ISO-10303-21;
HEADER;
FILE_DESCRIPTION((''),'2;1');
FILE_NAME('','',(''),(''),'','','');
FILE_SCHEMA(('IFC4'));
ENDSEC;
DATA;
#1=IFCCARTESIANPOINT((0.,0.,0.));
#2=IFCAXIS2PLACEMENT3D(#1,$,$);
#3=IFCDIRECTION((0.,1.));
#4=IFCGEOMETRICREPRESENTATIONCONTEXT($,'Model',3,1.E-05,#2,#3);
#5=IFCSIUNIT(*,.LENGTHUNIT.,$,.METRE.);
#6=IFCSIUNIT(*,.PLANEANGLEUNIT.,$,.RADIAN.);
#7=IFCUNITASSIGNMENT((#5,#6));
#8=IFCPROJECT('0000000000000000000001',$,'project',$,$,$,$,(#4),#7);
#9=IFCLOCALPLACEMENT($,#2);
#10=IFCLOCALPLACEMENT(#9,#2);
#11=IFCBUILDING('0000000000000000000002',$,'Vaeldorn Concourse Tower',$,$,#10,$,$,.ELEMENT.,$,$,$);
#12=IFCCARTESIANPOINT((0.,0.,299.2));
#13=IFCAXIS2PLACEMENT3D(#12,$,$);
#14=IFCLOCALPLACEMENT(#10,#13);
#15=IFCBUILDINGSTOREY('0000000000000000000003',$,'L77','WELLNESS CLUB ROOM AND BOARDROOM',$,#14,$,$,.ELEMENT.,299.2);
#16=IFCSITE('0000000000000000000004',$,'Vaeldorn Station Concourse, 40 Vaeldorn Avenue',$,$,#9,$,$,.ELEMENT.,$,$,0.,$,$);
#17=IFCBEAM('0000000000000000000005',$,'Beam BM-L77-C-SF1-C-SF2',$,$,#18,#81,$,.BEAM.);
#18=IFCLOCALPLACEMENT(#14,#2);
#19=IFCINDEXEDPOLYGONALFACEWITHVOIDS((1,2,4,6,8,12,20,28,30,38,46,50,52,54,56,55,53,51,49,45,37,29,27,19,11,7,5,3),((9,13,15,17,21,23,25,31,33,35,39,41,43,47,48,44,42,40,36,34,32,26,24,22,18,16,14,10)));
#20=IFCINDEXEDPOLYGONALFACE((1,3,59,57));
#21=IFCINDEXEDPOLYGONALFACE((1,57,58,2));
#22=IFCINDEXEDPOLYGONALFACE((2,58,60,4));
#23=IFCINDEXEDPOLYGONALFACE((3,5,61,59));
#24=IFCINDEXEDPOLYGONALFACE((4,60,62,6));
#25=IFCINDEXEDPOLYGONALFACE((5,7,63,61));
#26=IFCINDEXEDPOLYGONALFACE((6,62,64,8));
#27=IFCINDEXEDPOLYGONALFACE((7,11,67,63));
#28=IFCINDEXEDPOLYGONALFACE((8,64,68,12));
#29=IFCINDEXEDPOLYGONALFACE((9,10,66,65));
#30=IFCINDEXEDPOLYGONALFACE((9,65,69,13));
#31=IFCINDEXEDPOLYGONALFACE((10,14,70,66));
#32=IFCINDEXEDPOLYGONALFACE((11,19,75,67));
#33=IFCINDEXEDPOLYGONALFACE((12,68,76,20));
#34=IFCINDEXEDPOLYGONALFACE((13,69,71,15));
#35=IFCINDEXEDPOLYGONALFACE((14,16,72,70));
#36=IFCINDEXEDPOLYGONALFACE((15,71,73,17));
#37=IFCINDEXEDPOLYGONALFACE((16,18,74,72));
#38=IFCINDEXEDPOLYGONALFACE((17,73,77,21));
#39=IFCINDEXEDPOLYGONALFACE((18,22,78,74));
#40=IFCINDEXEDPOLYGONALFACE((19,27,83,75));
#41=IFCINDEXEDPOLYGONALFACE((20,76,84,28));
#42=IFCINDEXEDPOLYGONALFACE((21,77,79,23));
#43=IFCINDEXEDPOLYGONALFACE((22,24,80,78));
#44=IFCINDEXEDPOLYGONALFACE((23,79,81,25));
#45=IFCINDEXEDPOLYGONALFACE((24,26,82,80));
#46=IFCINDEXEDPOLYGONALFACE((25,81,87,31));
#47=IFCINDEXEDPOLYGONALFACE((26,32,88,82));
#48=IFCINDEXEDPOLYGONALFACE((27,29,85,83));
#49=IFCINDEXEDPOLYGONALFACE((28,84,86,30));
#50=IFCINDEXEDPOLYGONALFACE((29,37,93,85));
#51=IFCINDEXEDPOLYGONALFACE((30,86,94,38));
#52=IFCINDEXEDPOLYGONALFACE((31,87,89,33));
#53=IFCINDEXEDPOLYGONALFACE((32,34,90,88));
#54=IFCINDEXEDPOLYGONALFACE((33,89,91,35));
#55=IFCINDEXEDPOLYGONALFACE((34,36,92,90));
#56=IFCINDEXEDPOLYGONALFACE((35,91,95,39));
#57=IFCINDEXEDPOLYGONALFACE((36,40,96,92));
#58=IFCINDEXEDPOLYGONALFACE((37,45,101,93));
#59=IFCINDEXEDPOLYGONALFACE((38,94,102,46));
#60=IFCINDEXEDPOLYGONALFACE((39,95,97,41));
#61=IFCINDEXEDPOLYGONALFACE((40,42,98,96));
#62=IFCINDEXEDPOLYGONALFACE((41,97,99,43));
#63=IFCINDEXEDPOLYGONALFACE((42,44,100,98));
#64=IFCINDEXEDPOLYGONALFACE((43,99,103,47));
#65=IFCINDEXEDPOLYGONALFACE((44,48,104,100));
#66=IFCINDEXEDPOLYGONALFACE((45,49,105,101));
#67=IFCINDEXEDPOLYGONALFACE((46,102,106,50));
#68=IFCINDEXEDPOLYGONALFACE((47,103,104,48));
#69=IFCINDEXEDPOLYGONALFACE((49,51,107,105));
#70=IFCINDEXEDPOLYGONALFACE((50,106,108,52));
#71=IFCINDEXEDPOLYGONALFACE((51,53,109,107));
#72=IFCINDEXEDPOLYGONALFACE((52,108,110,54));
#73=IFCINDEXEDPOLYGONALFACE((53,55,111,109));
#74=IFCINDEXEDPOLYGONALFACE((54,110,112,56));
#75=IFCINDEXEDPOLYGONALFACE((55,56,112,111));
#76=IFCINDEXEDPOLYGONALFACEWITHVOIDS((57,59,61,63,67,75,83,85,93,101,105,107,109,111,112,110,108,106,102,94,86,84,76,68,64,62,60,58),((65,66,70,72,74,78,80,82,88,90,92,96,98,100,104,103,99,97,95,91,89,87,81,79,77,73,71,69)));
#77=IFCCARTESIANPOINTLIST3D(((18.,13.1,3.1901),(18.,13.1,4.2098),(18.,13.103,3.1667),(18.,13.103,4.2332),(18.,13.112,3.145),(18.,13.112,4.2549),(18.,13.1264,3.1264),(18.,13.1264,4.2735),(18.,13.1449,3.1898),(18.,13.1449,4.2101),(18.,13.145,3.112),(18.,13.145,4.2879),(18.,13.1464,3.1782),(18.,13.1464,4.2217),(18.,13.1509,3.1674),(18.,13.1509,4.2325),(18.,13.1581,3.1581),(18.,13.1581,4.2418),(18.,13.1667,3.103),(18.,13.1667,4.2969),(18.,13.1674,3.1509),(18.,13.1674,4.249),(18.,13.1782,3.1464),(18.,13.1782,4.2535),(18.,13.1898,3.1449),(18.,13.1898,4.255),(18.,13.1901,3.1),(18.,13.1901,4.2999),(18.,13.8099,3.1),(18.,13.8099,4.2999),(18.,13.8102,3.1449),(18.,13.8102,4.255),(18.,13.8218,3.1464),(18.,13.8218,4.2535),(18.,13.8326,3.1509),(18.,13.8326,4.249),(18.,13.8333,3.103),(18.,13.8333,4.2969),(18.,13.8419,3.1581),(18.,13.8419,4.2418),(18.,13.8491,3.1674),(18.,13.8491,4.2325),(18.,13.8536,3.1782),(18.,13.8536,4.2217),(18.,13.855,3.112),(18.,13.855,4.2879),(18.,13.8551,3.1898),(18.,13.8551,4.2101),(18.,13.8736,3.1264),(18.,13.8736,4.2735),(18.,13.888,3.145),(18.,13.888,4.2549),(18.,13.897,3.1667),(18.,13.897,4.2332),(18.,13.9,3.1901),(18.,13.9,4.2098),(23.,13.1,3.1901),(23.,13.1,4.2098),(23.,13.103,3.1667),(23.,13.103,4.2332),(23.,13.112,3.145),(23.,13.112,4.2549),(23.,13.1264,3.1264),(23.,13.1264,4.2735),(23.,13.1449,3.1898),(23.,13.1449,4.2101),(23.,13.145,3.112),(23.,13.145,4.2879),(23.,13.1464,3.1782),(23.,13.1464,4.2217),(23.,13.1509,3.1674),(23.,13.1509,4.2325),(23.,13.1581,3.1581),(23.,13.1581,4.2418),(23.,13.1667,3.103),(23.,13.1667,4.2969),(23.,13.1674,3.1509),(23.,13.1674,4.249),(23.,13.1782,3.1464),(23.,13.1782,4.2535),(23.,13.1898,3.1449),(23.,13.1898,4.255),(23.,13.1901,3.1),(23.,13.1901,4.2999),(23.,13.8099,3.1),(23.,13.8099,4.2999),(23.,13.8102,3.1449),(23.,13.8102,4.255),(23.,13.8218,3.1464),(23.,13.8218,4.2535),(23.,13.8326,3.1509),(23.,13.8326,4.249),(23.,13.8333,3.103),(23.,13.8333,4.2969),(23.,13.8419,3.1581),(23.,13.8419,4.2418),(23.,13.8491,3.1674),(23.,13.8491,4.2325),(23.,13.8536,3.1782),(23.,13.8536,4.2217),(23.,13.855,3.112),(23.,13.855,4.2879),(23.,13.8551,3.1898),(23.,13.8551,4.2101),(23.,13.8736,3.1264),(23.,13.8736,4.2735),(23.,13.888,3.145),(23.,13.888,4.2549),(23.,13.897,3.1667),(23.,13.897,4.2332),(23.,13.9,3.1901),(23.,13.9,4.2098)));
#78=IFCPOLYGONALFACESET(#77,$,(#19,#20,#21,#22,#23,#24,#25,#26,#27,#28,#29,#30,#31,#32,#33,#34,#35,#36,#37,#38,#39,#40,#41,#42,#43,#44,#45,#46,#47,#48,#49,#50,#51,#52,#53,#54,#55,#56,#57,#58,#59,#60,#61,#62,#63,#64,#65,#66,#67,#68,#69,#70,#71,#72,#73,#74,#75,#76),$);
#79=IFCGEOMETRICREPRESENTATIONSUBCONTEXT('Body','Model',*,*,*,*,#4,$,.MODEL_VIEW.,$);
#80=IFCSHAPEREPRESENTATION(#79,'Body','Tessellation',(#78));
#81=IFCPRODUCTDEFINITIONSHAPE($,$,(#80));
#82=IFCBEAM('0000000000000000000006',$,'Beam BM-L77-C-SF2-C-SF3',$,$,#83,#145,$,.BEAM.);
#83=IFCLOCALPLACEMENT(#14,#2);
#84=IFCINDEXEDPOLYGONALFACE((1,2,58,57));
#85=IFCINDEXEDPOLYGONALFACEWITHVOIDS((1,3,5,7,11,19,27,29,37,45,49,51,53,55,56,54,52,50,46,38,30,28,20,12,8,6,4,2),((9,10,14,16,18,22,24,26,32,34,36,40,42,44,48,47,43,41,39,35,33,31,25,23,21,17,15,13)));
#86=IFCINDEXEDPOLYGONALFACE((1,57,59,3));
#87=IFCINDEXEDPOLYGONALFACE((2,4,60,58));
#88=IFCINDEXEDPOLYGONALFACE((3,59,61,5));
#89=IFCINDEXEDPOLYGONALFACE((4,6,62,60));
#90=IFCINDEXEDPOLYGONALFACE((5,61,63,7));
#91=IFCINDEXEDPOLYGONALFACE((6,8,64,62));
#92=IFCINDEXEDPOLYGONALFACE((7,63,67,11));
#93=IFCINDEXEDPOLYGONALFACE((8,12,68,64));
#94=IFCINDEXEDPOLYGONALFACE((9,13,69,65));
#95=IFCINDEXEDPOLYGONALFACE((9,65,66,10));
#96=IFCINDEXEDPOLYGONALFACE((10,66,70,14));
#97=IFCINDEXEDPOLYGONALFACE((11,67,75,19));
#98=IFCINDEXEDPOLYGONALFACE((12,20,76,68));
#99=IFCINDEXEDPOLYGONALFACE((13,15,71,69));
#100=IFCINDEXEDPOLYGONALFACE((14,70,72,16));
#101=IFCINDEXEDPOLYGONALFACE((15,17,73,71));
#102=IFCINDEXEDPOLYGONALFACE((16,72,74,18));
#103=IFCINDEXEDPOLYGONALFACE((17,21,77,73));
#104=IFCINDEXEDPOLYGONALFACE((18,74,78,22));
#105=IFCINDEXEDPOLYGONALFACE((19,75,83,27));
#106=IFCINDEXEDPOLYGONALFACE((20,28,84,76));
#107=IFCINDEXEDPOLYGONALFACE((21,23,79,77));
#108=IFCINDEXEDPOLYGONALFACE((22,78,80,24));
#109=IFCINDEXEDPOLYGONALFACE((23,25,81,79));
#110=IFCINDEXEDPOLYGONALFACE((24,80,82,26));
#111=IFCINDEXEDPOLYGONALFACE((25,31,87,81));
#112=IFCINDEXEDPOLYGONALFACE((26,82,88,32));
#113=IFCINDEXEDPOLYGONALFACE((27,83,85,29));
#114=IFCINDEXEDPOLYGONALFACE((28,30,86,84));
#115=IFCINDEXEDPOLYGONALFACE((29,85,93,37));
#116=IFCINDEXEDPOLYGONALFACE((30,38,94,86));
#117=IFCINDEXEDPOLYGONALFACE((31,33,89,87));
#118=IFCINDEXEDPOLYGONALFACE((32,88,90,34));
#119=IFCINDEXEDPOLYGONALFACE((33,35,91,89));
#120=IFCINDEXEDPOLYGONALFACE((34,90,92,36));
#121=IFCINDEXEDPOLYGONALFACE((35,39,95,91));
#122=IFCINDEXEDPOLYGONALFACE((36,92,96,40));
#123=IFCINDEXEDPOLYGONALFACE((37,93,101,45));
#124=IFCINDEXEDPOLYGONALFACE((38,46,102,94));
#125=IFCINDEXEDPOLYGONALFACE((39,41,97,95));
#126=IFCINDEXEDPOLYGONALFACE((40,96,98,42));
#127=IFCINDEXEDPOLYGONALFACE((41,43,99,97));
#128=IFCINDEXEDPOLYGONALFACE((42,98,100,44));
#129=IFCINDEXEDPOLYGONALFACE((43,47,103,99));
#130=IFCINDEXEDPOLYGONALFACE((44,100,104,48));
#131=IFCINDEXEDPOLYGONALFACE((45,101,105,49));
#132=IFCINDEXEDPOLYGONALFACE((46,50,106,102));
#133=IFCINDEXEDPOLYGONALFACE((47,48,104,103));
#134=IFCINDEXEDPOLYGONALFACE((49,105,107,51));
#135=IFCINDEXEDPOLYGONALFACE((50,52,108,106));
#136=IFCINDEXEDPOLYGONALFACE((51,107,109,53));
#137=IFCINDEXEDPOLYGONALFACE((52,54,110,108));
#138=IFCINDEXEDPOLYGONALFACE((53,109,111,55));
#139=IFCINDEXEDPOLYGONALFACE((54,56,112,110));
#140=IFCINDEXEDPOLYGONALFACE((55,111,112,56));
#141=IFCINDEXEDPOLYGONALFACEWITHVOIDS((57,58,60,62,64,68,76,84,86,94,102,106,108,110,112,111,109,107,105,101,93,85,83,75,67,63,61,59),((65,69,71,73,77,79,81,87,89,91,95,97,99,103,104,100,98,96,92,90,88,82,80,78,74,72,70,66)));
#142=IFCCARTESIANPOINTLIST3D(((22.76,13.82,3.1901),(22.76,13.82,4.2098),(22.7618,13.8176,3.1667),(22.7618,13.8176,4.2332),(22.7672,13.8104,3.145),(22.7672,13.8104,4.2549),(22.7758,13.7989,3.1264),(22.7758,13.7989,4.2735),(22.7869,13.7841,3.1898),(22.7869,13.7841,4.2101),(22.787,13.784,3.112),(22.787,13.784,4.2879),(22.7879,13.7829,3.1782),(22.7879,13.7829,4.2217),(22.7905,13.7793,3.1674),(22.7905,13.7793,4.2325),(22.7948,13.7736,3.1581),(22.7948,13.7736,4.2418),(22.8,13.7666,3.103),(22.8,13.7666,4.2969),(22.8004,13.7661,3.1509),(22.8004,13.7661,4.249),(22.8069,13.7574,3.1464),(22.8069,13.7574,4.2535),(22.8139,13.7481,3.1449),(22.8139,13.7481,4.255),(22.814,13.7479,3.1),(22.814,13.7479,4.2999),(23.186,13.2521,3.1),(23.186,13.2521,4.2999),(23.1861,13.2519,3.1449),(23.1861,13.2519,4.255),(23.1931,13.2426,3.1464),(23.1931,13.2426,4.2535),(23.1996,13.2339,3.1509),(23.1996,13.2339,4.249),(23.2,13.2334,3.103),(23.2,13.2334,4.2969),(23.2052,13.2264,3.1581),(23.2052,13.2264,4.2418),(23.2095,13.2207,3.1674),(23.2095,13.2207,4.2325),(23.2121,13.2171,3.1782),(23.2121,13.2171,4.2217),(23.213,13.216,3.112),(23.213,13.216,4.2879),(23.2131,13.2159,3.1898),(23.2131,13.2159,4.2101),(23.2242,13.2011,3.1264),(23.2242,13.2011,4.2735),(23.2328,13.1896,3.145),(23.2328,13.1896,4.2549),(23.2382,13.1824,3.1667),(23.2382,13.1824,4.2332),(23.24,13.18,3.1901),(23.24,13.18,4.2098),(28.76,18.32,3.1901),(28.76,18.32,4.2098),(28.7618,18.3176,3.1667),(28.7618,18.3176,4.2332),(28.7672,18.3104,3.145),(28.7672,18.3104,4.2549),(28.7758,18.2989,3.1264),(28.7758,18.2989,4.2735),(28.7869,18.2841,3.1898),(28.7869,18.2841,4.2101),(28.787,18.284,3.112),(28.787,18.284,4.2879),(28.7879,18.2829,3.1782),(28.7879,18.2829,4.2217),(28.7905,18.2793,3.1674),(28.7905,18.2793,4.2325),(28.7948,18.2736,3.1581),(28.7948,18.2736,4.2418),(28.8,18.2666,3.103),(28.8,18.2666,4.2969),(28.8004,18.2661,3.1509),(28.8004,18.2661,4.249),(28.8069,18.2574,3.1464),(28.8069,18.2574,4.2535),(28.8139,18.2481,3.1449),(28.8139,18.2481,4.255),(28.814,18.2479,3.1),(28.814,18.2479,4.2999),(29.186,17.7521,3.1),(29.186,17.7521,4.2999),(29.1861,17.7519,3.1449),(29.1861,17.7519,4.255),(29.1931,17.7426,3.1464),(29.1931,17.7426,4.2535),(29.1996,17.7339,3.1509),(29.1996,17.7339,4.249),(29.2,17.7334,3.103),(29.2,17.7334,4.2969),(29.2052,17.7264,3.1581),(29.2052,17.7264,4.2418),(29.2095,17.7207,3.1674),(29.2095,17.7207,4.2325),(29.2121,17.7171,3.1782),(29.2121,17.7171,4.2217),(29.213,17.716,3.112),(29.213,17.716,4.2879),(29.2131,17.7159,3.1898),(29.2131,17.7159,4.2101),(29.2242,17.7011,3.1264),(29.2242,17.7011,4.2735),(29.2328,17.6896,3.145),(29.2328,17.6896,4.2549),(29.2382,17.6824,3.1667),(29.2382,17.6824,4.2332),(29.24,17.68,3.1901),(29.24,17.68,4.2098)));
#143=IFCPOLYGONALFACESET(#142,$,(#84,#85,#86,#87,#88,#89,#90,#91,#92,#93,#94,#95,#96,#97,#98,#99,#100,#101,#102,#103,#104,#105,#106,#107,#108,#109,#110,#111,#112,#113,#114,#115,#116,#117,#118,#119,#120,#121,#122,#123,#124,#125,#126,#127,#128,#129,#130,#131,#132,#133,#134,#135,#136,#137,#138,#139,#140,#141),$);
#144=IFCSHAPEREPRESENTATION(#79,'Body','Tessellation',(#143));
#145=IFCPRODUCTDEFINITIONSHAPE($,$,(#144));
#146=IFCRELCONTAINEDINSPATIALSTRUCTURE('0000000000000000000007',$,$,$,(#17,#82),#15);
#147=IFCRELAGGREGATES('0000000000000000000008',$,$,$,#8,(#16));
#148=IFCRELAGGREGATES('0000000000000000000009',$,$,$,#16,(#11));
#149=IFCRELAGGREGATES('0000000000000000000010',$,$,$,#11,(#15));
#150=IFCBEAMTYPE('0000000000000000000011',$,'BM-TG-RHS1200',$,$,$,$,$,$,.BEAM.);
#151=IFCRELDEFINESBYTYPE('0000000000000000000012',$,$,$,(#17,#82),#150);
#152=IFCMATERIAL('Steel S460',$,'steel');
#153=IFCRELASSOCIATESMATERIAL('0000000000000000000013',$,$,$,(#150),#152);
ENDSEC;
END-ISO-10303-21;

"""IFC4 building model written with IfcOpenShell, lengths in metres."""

from ifc_helpers import new_model, si_unit, direction, frame, origin, origin_2d, place, context, subcontext, project, spatial, hollow_rectangle, extrude, source, transform, mapped, material, material_profile, profile_set, type_object, element, save


model = new_model("IFC4")

# Units and contexts
model_context = context("Model", 3, precision=1e-05, world=origin(), true_north=direction((0.0, 1.0)))
body_context = subcontext(model_context, "Body", "Model", "MODEL_VIEW")
ifc_project = project(units=[si_unit("LENGTHUNIT", "METRE"), si_unit("PLANEANGLEUNIT", "RADIAN")], contexts=[model_context])

# Site, building, storey
site_placement = place(None, origin())
site = spatial("IfcSite", under=ifc_project, at=site_placement, Name="Vaeldorn Station Concourse, 40 Vaeldorn Avenue", CompositionType="ELEMENT", RefElevation=0.0)
building_placement = place(site_placement, origin())
building = spatial("IfcBuilding", under=site, at=building_placement, Name="Vaeldorn Concourse Tower", CompositionType="ELEMENT")
storey_placement = place(building_placement, frame((0.0, 0.0, 299.2)))
storey = spatial("IfcBuildingStorey", under=building, at=storey_placement, Name="L77", Description="WELLNESS CLUB ROOM AND BOARDROOM", CompositionType="ELEMENT", Elevation=299.2)

# Beams
ifc_material_1 = material(Name="Steel S460", Category="steel")
ifc_material_profile_1 = material_profile(ifc_material_1, hollow_rectangle(XDim=0.8, YDim=1.2, WallThickness=0.0449, InnerFilletRadius=0.0449, OuterFilletRadius=0.0901, at=origin_2d()), Name="RHS 1200x800x45")
ifc_profile_set_1 = profile_set([ifc_material_profile_1], Name="Steel S460")
beam_type_1 = type_object("IfcBeamType", Name="BM-TG-RHS1200", PredefinedType="BEAM", material=ifc_profile_set_1)
shared_shape_1 = source(origin(), body_context, "Body", "SweptSolid", [
    extrude(hollow_rectangle(XDim=0.8, YDim=1.2, WallThickness=0.0449, InnerFilletRadius=0.0449, OuterFilletRadius=0.0901, at=origin_2d()), origin(), (0.0, 0.0, 1.0), 5.0),
])
beam_1_placement = place(storey_placement, frame((18.0, 13.5, 3.7), z_axis=(1.0, 0.0, 0.0), x_axis=(0.0, 1.0, 0.0)))
element("IfcBeam", 1, at=beam_1_placement, inside=storey, type_object=beam_type_1, Name="Beam BM-L77-C-SF1-C-SF2", PredefinedType="BEAM", context=body_context, shape_type="MappedRepresentation", body=[
    mapped(shared_shape_1, transform((0.0, 0.0, 0.0), scale=1.0)),
])
shared_shape_2 = source(origin(), body_context, "Body", "SweptSolid", [
    extrude(hollow_rectangle(XDim=0.8, YDim=1.2, WallThickness=0.0449, InnerFilletRadius=0.0449, OuterFilletRadius=0.0901, at=origin_2d()), origin(), (0.0, 0.0, 1.0), 7.5),
])
beam_2_placement = place(storey_placement, frame((23.0, 13.5, 3.7), z_axis=(0.8, 0.6, 0.0), x_axis=(-0.6, 0.8, 0.0)))
element("IfcBeam", 2, at=beam_2_placement, inside=storey, type_object=beam_type_1, Name="Beam BM-L77-C-SF2-C-SF3", PredefinedType="BEAM", context=body_context, shape_type="MappedRepresentation", body=[
    mapped(shared_shape_2, transform((0.0, 0.0, 0.0), scale=1.0)),
])

save(model, "model.ifc")
